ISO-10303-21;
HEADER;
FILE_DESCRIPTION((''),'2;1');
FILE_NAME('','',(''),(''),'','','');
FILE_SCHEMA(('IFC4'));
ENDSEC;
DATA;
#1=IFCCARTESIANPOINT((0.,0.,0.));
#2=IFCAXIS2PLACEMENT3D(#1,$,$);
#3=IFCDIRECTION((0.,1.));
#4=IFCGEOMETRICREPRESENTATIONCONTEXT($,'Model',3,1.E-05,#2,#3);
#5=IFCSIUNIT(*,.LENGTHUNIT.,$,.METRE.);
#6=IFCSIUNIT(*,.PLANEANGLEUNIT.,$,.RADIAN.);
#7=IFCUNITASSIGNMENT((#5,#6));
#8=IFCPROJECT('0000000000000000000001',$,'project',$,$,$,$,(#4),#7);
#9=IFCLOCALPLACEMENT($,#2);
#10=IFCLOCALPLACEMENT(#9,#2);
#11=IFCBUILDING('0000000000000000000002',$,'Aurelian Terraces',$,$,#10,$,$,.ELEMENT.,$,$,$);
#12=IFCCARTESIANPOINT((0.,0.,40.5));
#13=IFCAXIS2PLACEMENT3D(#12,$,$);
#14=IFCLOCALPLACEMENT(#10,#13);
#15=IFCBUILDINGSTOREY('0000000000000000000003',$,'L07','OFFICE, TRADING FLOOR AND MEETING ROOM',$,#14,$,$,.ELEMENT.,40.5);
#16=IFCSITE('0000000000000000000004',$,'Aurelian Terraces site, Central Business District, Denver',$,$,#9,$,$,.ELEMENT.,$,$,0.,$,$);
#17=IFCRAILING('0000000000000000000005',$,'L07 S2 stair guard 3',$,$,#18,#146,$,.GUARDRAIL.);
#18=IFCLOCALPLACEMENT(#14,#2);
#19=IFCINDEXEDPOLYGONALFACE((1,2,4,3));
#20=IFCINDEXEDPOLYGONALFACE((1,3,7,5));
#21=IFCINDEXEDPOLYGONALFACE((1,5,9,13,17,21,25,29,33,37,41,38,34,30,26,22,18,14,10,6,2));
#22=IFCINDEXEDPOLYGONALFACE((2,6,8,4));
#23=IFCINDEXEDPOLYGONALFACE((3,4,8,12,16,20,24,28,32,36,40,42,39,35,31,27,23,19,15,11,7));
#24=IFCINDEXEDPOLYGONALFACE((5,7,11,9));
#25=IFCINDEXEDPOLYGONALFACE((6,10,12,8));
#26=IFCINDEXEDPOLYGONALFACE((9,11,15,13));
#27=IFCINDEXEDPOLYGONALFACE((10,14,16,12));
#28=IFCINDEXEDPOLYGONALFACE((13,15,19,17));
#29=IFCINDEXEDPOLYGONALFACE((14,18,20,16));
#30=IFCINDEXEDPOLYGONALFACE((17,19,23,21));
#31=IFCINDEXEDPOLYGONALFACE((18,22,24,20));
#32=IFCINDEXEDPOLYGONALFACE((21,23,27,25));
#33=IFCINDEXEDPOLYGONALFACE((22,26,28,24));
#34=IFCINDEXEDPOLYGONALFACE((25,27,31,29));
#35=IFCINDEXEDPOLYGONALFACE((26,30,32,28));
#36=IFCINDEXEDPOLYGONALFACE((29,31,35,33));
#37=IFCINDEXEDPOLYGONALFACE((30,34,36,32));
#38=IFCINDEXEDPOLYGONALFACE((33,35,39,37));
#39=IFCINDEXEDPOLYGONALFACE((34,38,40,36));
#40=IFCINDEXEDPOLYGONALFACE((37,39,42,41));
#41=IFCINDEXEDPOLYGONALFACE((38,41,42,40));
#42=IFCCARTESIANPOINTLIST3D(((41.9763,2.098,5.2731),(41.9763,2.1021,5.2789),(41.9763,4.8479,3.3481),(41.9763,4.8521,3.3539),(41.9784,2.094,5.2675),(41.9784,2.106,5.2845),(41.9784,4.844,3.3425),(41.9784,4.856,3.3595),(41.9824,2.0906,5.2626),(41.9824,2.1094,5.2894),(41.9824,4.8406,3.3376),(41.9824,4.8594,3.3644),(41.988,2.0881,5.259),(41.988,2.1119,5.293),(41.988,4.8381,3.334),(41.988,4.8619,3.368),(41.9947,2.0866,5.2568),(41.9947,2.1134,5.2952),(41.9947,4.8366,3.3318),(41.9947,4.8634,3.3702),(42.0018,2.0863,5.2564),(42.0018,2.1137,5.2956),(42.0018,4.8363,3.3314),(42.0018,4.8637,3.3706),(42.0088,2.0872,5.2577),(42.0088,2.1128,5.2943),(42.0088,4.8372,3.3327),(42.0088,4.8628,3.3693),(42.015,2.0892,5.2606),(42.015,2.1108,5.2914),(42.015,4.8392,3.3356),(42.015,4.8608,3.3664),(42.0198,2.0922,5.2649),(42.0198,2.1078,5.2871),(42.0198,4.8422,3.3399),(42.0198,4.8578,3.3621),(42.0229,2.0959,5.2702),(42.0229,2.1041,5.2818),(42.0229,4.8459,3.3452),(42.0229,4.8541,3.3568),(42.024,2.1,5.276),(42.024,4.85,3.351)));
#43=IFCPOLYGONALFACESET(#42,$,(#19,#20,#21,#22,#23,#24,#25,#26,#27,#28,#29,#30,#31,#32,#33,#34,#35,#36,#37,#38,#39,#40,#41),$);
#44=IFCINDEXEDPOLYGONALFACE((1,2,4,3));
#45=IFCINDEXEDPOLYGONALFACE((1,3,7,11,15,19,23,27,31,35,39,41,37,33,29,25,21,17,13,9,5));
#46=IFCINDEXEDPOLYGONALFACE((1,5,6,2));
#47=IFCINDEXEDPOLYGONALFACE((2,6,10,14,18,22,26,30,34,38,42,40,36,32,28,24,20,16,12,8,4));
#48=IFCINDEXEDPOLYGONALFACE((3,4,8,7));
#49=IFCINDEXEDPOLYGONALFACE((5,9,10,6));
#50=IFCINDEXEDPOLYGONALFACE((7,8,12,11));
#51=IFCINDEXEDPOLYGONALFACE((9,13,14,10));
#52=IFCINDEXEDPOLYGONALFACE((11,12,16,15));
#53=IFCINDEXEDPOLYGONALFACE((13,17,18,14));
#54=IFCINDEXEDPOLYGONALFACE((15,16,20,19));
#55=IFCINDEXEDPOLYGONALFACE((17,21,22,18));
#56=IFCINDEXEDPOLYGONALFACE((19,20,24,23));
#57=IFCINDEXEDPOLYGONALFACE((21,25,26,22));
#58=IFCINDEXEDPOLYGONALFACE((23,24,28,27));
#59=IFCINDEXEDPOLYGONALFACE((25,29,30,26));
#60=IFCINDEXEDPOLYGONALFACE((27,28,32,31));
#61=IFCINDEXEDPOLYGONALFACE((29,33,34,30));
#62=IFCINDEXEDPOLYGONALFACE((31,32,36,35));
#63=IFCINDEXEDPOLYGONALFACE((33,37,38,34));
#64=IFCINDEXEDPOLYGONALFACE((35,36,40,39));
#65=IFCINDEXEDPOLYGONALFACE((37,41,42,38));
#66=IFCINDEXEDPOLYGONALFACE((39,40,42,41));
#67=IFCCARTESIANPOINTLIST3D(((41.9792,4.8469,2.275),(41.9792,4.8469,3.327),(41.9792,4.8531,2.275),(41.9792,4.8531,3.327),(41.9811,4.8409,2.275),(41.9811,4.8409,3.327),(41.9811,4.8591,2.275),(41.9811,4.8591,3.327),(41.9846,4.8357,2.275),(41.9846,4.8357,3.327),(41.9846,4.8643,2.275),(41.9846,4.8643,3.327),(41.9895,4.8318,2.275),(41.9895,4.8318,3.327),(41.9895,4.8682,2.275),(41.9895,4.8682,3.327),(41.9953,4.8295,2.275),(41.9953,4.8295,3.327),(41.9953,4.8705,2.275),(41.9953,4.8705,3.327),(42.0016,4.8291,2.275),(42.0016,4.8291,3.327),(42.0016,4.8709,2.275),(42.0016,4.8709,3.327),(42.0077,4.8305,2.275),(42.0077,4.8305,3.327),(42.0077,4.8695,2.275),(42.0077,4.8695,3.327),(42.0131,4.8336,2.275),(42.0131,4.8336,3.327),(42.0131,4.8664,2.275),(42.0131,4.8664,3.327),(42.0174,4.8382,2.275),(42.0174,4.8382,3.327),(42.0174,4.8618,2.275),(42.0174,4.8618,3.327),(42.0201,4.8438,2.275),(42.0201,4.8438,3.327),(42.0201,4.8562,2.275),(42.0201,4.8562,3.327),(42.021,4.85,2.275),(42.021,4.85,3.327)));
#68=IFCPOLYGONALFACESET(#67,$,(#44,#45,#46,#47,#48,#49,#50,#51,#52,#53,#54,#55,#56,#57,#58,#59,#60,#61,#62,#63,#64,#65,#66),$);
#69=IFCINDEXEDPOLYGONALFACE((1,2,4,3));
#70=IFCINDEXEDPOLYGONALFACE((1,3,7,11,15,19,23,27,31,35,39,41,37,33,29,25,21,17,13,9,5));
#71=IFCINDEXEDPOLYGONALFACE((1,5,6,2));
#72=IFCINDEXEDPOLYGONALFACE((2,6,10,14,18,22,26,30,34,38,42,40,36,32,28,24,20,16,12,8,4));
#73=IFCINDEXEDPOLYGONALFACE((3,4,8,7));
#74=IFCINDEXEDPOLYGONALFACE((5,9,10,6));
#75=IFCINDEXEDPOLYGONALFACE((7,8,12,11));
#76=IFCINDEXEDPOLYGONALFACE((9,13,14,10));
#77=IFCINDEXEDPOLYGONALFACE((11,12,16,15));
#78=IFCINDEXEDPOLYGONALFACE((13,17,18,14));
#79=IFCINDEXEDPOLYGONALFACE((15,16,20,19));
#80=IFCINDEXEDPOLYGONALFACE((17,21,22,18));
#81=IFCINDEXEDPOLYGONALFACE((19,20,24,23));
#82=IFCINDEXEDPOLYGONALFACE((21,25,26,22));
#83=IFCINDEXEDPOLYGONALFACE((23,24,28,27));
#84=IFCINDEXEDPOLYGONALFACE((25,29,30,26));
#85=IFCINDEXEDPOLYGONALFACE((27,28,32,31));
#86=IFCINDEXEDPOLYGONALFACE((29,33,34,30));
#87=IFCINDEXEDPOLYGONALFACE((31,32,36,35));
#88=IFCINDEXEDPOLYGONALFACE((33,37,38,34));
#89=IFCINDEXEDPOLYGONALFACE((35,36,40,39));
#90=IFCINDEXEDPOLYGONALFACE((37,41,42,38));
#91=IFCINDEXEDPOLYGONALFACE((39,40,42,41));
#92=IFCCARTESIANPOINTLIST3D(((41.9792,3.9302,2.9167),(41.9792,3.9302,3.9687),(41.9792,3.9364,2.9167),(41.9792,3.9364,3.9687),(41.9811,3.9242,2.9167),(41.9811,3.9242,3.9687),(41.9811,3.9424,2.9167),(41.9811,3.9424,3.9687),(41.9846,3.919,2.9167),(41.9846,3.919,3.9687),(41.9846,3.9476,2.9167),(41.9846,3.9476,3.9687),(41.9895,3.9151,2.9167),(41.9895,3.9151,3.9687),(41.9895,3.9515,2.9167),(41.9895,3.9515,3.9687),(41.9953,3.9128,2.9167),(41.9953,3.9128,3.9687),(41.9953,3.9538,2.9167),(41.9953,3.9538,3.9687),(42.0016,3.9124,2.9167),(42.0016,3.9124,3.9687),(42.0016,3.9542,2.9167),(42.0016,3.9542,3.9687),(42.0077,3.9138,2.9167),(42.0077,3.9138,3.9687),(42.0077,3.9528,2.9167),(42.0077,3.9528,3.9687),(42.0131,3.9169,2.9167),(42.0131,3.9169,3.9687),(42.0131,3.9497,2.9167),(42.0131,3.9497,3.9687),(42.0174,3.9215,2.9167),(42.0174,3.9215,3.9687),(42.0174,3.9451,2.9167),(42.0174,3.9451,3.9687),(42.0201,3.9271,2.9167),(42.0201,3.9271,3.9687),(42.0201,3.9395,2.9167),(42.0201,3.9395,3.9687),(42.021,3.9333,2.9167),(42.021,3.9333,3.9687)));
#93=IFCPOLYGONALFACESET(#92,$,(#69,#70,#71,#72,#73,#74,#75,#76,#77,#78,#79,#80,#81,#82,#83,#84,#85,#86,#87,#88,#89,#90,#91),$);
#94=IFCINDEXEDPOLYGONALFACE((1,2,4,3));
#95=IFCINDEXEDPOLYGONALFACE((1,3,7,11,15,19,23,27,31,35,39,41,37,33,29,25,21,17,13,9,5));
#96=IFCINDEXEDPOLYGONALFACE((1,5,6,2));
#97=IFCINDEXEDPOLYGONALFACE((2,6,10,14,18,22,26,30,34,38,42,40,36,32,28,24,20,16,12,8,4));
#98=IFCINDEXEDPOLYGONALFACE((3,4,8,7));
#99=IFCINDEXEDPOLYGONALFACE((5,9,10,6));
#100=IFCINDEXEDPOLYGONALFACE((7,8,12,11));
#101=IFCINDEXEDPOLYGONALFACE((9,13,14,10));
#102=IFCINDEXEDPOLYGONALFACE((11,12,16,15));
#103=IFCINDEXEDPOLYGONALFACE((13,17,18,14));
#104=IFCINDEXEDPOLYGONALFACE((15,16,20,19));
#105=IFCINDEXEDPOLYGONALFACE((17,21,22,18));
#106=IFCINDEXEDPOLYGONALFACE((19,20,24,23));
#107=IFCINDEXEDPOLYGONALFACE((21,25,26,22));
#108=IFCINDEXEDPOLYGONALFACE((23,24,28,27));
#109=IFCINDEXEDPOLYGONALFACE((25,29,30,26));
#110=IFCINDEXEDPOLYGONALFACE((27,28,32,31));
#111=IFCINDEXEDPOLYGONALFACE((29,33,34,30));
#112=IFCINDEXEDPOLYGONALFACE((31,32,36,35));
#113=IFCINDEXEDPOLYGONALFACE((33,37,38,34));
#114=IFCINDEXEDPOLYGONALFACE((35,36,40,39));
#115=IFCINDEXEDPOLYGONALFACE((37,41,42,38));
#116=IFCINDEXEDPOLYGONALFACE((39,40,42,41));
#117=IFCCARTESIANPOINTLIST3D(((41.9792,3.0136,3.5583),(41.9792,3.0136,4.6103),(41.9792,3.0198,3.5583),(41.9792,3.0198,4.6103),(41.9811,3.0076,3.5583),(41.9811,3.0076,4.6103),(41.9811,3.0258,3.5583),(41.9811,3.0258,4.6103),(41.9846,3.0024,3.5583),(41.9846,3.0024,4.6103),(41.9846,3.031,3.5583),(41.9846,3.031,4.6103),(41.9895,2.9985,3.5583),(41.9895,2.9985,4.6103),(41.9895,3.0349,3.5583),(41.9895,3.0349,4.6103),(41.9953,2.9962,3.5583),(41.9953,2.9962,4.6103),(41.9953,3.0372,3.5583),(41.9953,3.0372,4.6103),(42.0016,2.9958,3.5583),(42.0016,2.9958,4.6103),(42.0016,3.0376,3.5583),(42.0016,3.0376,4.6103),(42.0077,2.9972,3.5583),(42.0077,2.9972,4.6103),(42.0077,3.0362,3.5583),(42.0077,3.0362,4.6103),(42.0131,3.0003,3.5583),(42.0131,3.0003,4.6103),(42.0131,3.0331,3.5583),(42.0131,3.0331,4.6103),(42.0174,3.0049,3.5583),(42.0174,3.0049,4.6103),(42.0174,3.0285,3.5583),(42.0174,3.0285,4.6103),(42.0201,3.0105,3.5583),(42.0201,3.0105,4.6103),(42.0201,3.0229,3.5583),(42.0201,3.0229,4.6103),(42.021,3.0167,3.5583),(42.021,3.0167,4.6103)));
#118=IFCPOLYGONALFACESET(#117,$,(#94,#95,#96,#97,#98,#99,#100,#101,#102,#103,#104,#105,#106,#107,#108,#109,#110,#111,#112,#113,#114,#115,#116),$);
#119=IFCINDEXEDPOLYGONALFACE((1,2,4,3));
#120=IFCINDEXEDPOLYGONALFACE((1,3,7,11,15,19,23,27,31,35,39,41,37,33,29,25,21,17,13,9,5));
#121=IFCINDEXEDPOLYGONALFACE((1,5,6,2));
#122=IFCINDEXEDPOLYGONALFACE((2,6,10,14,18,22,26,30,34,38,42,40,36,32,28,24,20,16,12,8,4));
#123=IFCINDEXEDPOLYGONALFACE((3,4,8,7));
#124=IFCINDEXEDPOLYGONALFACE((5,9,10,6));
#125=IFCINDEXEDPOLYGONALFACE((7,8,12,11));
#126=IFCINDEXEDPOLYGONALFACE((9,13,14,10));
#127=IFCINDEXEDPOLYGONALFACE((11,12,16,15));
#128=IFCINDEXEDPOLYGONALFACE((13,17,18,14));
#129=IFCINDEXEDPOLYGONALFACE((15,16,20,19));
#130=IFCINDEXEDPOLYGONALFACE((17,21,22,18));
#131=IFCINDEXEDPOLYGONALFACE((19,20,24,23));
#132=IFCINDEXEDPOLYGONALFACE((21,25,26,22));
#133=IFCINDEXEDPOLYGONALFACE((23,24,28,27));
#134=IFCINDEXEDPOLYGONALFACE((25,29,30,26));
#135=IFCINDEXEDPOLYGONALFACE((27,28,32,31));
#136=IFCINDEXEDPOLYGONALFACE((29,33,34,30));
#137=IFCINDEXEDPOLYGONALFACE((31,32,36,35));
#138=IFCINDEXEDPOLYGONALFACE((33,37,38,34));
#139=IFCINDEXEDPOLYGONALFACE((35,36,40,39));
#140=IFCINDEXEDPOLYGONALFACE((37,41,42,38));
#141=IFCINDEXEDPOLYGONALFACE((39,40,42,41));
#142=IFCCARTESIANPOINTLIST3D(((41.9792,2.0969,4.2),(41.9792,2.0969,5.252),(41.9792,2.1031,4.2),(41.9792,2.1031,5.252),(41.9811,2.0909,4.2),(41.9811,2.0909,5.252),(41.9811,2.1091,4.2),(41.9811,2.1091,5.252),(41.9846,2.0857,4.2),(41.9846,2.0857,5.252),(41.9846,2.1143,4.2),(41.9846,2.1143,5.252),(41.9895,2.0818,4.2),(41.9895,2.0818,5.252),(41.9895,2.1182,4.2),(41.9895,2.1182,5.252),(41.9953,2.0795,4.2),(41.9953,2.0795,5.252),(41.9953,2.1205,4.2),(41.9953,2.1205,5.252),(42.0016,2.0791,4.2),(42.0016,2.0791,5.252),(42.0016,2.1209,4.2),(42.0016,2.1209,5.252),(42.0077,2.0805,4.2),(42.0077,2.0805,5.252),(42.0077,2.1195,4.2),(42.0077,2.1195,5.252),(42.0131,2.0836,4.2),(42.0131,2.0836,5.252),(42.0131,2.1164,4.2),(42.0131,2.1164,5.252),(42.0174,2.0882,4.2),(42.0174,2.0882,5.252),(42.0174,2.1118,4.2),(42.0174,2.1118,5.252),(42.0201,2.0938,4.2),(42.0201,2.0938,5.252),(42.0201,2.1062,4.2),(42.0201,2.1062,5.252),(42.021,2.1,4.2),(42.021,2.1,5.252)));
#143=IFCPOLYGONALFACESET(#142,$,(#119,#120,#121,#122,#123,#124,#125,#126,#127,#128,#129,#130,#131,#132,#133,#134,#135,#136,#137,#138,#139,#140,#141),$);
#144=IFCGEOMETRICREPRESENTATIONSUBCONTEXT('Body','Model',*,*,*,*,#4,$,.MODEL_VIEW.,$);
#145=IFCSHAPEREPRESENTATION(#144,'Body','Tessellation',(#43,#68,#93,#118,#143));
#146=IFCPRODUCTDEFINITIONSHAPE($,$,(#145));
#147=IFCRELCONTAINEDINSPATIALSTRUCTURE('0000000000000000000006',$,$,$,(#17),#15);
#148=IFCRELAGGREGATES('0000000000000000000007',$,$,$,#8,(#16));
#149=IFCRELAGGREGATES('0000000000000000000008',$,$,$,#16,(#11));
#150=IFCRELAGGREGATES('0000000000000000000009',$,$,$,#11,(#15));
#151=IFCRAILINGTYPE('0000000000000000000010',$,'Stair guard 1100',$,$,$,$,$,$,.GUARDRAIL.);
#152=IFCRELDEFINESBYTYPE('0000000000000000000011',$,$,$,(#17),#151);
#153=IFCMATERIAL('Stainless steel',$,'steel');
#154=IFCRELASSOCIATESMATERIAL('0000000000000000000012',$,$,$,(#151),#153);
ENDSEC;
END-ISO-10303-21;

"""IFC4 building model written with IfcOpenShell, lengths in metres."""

from ifc_helpers import new_model, si_unit, direction, frame, origin, origin_2d, place, context, subcontext, project, spatial, circle, extrude, source, transform, mapped, material, type_object, element, save


model = new_model("IFC4")

# Units and contexts
model_context = context("Model", 3, precision=1e-05, world=origin(), true_north=direction((0.0, 1.0)))
body_context = subcontext(model_context, "Body", "Model", "MODEL_VIEW")
ifc_project = project(units=[si_unit("LENGTHUNIT", "METRE"), si_unit("PLANEANGLEUNIT", "RADIAN")], contexts=[model_context])

# Site, building, storey
site_placement = place(None, origin())
site = spatial("IfcSite", under=ifc_project, at=site_placement, Name="Aurelian Terraces site, Central Business District, Denver", CompositionType="ELEMENT", RefElevation=0.0)
building_placement = place(site_placement, origin())
building = spatial("IfcBuilding", under=site, at=building_placement, Name="Aurelian Terraces", CompositionType="ELEMENT")
storey_placement = place(building_placement, frame((0.0, 0.0, 40.5)))
storey = spatial("IfcBuildingStorey", under=building, at=storey_placement, Name="L07", Description="OFFICE, TRADING FLOOR AND MEETING ROOM", CompositionType="ELEMENT", Elevation=40.5)

# Railing
ifc_material_1 = material(Name="Stainless steel", Category="steel")
railing_type_1 = type_object("IfcRailingType", Name="Stair guard 1100", PredefinedType="GUARDRAIL", material=ifc_material_1)
shared_shape_1 = source(origin(), body_context, "Body", "SweptSolid", [
    extrude(circle(Radius=0.024, at=origin_2d()), frame((0.0, 0.0, 1.076), z_axis=(0.0, -0.819232, 0.573462), x_axis=(1.0, 0.0, 0.0)), (0.0, 0.0, 1.0), 3.3568),
    extrude(circle(Radius=0.021, at=origin_2d()), origin(), (0.0, 0.0, 1.0), 1.052),
    extrude(circle(Radius=0.021, at=origin_2d()), frame((0.0, -0.9167, 0.6417)), (0.0, 0.0, 1.0), 1.052),
    extrude(circle(Radius=0.021, at=origin_2d()), frame((0.0, -1.8333, 1.2833)), (0.0, 0.0, 1.0), 1.052),
    extrude(circle(Radius=0.021, at=origin_2d()), frame((0.0, -2.75, 1.925)), (0.0, 0.0, 1.0), 1.052),
])
railing_1_placement = place(storey_placement, frame((42.0, 4.85, 2.275)))
element("IfcRailing", 1, at=railing_1_placement, inside=storey, type_object=railing_type_1, Name="L07 S2 stair guard 3", PredefinedType="GUARDRAIL", context=body_context, shape_type="MappedRepresentation", body=[
    mapped(shared_shape_1, transform((0.0, 0.0, 0.0), scale=1.0)),
])

save(model, "model.ifc")
